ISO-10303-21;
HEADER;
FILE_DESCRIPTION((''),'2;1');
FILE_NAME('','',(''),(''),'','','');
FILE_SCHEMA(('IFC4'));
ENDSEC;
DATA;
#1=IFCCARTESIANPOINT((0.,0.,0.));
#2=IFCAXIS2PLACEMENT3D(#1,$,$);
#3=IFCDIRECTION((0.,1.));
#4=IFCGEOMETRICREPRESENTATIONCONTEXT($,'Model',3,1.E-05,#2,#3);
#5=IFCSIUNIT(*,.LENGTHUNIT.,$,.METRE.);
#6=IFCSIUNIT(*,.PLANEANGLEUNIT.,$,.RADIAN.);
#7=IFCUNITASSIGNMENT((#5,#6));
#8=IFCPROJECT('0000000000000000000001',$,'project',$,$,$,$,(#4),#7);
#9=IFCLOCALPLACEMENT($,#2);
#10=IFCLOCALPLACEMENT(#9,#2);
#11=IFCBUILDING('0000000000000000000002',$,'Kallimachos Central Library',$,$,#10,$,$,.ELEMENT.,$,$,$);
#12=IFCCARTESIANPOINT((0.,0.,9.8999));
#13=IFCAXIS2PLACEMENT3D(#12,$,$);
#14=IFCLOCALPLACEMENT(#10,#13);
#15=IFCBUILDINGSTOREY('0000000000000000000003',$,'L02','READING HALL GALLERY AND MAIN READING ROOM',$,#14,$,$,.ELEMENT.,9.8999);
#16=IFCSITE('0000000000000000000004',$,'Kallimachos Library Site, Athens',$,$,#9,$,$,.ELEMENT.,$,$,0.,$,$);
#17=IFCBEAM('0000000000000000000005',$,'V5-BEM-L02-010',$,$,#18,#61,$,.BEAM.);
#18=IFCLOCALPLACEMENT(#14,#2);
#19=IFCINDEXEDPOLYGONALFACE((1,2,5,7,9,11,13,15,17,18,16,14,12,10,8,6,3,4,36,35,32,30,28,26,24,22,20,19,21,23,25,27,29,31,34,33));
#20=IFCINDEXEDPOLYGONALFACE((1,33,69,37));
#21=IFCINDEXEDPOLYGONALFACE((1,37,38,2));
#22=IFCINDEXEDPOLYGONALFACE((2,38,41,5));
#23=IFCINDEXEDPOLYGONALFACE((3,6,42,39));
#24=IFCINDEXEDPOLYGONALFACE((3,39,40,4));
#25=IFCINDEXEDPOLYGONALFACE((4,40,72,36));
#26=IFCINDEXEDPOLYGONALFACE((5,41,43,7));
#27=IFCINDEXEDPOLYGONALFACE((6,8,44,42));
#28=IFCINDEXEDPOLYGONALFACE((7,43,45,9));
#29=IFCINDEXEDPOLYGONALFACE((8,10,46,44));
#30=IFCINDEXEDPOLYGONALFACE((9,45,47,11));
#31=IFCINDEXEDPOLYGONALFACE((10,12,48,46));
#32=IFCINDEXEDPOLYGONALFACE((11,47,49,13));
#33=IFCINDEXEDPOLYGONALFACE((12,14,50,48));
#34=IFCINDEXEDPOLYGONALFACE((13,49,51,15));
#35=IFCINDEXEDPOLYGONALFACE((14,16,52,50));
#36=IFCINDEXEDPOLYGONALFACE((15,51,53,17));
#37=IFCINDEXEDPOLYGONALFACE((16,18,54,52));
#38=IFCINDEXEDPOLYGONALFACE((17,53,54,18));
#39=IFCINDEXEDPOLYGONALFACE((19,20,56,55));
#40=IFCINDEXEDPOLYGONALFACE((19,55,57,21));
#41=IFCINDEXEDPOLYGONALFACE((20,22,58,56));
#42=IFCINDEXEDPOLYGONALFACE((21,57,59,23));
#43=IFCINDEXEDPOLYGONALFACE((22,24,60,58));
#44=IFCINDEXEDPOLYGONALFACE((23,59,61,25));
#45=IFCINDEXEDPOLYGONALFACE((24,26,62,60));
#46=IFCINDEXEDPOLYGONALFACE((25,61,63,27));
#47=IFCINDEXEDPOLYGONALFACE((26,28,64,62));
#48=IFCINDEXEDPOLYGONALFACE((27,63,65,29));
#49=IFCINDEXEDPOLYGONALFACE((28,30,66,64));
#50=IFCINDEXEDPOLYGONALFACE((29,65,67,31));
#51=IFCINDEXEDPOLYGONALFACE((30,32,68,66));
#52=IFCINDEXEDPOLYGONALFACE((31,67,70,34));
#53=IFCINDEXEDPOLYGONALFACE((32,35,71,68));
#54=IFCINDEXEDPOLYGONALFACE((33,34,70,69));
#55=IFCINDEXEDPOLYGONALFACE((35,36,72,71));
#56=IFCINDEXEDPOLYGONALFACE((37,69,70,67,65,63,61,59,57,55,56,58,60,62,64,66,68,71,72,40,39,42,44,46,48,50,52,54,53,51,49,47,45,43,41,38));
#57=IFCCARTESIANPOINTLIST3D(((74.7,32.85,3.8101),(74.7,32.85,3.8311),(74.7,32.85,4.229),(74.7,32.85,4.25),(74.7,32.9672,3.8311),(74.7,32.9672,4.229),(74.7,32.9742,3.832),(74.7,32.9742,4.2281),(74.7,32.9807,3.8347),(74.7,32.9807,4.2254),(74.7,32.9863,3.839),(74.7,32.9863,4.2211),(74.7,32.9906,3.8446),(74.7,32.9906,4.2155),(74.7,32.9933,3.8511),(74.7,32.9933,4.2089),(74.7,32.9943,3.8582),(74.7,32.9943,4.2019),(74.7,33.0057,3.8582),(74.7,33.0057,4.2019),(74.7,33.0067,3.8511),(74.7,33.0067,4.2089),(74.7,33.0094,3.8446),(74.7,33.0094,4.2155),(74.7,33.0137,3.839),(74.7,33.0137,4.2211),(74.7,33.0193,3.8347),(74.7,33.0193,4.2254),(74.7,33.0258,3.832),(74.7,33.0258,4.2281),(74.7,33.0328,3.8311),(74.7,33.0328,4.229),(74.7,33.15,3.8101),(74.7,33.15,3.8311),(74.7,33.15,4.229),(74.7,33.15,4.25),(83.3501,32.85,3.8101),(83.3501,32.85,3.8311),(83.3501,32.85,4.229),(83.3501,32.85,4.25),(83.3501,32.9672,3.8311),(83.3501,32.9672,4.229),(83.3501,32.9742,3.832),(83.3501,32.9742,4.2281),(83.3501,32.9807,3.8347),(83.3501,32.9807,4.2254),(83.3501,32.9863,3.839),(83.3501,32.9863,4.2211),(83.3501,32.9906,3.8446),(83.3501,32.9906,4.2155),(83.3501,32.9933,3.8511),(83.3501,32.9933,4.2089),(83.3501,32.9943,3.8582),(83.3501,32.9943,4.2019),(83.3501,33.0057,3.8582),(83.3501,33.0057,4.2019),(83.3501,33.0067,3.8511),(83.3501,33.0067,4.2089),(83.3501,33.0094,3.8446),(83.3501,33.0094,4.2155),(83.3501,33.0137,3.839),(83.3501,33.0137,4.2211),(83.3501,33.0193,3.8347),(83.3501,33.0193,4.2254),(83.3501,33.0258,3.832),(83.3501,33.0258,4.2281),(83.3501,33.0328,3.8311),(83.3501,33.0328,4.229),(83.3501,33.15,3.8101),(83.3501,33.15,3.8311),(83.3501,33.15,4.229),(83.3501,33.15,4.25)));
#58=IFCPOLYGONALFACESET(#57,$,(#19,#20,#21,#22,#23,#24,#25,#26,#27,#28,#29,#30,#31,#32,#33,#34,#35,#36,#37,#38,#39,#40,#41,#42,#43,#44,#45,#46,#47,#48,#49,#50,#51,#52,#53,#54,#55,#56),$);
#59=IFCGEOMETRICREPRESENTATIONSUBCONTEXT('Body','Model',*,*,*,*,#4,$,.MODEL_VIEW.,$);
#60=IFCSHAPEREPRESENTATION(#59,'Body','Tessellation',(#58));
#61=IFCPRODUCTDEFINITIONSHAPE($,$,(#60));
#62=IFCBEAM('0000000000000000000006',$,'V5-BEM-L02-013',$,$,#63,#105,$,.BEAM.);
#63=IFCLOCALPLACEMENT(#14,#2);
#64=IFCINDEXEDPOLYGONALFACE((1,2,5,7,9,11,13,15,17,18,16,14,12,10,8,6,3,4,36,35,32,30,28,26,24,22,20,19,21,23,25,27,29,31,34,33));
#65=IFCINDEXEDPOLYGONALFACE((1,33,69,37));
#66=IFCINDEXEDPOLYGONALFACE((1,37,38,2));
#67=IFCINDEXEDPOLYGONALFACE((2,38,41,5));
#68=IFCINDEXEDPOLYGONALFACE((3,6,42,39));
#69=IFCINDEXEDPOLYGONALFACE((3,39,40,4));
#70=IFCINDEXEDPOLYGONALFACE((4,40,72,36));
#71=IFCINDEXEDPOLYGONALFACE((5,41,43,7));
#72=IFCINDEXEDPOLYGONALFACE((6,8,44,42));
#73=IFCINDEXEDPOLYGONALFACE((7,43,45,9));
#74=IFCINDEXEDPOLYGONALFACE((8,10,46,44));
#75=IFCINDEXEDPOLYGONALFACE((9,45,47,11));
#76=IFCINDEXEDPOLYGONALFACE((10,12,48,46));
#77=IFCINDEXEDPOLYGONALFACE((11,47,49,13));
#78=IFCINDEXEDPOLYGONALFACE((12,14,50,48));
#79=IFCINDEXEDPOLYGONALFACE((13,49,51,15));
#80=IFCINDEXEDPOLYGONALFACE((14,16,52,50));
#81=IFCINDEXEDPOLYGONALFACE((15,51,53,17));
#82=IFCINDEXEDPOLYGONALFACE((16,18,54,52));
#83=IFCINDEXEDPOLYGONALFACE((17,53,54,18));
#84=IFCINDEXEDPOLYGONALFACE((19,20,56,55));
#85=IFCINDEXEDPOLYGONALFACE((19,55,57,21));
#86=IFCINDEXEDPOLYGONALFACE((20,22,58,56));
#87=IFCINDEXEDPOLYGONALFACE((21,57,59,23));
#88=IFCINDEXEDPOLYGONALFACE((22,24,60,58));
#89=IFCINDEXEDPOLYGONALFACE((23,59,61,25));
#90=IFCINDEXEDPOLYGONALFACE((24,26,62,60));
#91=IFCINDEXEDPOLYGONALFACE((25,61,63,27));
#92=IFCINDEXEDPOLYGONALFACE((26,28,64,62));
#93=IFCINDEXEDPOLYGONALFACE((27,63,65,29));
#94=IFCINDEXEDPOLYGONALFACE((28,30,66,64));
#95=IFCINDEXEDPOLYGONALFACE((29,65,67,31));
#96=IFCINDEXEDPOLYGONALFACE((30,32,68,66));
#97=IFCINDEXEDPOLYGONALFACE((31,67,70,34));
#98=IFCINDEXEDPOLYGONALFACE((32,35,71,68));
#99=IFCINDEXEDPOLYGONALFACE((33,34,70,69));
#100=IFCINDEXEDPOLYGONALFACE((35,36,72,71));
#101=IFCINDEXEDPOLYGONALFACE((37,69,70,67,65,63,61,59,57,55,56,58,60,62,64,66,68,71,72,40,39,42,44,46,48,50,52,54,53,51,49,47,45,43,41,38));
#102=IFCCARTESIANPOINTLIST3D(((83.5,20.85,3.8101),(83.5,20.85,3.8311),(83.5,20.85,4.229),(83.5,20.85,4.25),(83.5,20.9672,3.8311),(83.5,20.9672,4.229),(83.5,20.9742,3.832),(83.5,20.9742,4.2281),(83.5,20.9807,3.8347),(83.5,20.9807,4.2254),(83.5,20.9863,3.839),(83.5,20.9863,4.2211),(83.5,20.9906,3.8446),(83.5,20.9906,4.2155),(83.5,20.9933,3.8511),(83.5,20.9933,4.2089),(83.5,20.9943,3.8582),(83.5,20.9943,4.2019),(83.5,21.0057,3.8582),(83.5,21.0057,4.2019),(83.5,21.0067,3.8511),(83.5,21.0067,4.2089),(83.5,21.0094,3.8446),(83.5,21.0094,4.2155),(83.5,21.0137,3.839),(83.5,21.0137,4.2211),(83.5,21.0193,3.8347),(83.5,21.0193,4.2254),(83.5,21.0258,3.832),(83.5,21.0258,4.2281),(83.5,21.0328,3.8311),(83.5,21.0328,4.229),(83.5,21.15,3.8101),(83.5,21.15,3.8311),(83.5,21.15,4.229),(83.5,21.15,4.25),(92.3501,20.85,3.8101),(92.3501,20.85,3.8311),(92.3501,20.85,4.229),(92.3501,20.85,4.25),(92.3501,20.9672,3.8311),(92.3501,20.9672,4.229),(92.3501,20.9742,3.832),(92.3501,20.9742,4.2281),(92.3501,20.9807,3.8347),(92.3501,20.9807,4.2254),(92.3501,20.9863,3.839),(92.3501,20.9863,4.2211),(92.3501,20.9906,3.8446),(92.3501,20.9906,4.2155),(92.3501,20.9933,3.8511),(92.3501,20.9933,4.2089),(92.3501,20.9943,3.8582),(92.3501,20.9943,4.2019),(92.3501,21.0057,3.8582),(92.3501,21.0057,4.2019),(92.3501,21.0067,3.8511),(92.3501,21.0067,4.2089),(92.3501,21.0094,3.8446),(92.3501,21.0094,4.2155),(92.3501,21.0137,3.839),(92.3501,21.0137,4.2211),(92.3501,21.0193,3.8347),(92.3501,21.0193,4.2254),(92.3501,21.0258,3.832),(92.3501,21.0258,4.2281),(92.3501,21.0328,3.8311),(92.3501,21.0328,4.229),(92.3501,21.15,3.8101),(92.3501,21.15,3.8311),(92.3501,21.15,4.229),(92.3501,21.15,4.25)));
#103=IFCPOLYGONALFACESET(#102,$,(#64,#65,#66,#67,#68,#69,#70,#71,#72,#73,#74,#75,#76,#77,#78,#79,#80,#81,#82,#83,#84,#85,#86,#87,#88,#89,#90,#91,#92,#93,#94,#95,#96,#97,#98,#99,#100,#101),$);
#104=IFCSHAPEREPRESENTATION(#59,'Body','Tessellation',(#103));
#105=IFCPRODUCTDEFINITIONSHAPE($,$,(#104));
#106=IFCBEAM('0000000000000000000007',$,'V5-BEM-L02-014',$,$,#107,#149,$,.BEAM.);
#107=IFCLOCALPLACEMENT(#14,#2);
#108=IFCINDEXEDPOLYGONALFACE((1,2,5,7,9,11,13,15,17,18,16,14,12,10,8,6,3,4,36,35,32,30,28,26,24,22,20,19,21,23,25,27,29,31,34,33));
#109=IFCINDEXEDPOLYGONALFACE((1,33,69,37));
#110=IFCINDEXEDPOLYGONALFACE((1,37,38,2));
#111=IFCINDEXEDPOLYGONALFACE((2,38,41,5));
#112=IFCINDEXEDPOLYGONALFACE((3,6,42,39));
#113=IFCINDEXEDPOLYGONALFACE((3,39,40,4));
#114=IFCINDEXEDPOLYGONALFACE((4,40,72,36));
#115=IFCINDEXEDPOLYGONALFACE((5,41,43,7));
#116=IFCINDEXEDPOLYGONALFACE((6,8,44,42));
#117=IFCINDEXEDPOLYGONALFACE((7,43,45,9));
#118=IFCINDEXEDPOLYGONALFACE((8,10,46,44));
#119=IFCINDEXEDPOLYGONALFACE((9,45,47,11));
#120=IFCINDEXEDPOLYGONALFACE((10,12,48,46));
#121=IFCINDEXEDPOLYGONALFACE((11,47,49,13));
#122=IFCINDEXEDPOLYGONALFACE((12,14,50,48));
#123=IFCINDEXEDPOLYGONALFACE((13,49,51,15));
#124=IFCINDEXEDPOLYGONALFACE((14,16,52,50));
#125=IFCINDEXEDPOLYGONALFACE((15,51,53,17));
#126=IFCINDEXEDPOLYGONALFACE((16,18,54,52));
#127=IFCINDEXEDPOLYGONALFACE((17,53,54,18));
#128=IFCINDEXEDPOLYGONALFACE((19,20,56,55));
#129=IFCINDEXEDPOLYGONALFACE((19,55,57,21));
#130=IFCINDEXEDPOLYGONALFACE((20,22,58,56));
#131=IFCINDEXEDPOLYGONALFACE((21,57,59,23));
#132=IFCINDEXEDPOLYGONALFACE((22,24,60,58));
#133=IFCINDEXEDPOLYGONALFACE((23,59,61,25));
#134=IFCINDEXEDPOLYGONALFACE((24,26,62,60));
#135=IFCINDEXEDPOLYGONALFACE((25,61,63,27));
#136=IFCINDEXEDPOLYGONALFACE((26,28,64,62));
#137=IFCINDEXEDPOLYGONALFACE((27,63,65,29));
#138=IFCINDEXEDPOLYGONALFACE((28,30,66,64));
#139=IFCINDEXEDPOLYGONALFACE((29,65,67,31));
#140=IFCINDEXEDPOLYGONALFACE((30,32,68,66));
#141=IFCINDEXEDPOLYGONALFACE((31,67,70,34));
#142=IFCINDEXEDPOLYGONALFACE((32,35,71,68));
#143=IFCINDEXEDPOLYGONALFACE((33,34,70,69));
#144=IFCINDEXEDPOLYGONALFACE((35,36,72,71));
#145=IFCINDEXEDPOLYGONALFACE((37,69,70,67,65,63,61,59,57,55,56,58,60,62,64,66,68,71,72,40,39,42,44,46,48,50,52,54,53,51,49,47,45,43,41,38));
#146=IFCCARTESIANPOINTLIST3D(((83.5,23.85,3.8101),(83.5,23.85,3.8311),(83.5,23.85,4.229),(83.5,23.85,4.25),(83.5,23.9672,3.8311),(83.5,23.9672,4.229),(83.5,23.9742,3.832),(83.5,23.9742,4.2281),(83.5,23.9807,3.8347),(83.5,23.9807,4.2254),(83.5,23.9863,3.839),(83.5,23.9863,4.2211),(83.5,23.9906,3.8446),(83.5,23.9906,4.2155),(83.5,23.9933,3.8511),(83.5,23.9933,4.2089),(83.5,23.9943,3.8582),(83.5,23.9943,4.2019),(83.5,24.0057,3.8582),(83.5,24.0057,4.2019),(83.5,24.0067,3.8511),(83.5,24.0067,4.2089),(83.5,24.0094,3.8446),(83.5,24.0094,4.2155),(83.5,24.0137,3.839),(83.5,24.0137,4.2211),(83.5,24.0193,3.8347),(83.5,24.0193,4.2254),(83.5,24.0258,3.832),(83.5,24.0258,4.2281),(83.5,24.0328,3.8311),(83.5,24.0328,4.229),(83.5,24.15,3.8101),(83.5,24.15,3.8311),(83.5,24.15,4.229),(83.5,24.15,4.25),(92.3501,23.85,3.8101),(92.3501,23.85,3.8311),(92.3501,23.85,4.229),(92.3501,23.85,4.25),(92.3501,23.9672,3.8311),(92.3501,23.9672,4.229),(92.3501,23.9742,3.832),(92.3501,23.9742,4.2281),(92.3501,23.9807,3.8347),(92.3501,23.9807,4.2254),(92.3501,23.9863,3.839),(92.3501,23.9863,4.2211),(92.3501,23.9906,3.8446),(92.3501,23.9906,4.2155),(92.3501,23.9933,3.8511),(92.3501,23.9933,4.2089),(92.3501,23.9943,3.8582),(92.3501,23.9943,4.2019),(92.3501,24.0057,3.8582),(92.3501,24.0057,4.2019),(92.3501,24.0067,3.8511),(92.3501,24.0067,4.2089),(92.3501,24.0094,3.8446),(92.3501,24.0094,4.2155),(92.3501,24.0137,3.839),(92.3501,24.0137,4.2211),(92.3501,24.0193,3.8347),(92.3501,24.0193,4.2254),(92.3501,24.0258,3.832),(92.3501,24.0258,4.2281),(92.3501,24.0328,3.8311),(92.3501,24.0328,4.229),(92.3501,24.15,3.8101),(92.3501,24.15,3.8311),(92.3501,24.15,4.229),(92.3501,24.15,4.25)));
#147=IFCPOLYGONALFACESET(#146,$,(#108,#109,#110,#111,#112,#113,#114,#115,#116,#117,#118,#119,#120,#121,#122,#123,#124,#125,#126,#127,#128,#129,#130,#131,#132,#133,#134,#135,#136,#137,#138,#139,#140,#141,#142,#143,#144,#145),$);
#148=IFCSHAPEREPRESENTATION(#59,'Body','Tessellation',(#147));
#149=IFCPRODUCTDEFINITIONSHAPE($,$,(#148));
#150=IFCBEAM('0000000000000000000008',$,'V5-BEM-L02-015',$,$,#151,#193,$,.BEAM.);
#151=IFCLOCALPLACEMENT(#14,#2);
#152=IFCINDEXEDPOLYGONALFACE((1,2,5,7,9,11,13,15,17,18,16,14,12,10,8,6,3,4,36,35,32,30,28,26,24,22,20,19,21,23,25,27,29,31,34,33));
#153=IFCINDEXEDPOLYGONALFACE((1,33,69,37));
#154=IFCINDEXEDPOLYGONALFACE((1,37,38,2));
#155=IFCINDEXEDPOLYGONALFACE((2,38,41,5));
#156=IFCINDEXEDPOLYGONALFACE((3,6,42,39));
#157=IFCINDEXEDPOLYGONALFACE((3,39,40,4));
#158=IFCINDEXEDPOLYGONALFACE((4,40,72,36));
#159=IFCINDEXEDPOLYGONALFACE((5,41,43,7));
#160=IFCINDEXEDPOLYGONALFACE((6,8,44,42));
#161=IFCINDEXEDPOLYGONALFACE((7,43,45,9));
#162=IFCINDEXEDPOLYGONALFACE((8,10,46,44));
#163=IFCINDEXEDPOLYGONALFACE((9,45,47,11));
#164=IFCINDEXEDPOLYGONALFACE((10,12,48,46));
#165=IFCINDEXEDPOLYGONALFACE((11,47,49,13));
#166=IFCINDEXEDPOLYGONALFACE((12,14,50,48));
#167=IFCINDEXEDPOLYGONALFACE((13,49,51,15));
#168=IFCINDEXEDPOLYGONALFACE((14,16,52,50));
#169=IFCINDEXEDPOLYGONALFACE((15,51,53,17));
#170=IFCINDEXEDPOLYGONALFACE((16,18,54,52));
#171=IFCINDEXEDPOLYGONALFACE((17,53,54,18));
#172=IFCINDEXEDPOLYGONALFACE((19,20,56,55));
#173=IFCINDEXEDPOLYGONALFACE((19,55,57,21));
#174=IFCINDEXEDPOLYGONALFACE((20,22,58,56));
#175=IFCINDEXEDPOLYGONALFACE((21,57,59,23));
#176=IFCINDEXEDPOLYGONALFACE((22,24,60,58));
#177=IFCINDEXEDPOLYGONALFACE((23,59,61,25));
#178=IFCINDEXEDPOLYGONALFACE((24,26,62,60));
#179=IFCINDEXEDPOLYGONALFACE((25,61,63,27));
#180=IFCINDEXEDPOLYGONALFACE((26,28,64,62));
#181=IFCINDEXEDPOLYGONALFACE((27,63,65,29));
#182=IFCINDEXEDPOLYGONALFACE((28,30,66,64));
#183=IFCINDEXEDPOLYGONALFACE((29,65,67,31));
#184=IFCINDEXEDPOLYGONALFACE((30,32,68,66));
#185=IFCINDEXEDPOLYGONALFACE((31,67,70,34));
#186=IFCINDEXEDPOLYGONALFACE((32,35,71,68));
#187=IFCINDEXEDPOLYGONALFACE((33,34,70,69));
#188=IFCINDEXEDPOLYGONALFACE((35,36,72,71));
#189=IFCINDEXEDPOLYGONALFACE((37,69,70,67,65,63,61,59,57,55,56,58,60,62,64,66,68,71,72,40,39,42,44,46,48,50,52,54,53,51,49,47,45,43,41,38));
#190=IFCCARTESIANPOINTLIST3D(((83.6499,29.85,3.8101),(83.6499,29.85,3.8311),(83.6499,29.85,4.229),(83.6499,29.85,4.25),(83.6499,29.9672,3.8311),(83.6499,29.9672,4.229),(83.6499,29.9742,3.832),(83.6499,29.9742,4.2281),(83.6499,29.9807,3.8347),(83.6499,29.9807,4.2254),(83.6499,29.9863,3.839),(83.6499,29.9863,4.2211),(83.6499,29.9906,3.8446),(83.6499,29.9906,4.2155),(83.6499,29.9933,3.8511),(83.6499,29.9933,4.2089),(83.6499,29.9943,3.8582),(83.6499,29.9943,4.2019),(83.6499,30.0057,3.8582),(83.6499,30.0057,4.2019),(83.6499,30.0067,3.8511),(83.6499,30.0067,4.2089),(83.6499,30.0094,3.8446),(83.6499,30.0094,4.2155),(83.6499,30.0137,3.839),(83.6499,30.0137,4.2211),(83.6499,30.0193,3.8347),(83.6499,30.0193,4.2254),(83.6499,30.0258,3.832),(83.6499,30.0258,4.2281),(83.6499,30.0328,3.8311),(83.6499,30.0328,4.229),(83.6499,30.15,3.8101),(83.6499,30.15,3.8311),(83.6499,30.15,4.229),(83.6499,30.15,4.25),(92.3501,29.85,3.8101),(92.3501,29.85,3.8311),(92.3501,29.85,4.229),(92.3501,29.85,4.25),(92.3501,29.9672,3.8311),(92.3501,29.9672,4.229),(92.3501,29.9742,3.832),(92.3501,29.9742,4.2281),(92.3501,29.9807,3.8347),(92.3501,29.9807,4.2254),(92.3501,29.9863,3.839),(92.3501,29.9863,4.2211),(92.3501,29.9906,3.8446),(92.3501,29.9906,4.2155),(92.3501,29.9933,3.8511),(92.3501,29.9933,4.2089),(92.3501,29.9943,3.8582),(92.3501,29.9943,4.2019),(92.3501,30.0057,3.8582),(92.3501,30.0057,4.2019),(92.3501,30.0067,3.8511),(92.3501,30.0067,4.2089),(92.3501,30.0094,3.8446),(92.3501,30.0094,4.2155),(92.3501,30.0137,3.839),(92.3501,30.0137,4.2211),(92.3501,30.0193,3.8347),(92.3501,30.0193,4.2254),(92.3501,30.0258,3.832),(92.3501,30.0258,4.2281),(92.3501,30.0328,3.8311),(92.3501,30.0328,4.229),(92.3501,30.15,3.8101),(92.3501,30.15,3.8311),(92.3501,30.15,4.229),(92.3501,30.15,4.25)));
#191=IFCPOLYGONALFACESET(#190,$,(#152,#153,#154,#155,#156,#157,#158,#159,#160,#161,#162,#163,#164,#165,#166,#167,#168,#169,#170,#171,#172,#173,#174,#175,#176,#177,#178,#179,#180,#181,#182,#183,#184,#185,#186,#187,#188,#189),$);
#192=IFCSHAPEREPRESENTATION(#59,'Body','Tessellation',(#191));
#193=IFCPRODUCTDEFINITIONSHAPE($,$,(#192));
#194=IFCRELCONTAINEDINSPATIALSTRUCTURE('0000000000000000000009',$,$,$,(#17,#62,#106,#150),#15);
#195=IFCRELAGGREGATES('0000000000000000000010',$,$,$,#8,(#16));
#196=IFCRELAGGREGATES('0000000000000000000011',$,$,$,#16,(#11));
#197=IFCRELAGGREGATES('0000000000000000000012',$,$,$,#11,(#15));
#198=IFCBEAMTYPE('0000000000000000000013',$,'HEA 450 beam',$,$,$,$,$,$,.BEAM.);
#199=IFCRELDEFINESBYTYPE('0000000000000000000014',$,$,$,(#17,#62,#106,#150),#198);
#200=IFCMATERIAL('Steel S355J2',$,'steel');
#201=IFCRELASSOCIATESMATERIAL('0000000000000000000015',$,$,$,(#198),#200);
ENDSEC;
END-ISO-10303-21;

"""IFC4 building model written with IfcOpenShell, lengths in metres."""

from ifc_helpers import new_model, si_unit, direction, frame, origin, origin_2d, place, context, subcontext, project, spatial, i_section, extrude, material, material_profile, profile_set, type_object, element, save


model = new_model("IFC4")

# Units and contexts
model_context = context("Model", 3, precision=1e-05, world=origin(), true_north=direction((0.0, 1.0)))
body_context = subcontext(model_context, "Body", "Model", "MODEL_VIEW")
ifc_project = project(units=[si_unit("LENGTHUNIT", "METRE"), si_unit("PLANEANGLEUNIT", "RADIAN")], contexts=[model_context])

# Site, building, storey
site_placement = place(None, origin())
site = spatial("IfcSite", under=ifc_project, at=site_placement, Name="Kallimachos Library Site, Athens", CompositionType="ELEMENT", RefElevation=0.0)
building_placement = place(site_placement, origin())
building = spatial("IfcBuilding", under=site, at=building_placement, Name="Kallimachos Central Library", CompositionType="ELEMENT")
storey_placement = place(building_placement, frame((0.0, 0.0, 9.8999)))
storey = spatial("IfcBuildingStorey", under=building, at=storey_placement, Name="L02", Description="READING HALL GALLERY AND MAIN READING ROOM", CompositionType="ELEMENT", Elevation=9.8999)

# Beams
ifc_material_1 = material(Name="Steel S355J2", Category="steel")
ifc_material_profile_1 = material_profile(ifc_material_1, i_section(OverallWidth=0.3, OverallDepth=0.4399, WebThickness=0.0115, FlangeThickness=0.021, FilletRadius=0.0271, at=origin_2d()), Name="HEA 450")
ifc_profile_set_1 = profile_set([ifc_material_profile_1], Name="Steel S355J2")
beam_type_1 = type_object("IfcBeamType", Name="HEA 450 beam", PredefinedType="BEAM", material=ifc_profile_set_1)
for number, where, z_axis, x_axis, name in (
    (1, (74.7, 33.0, 4.03), (1.0, 0.0, 0.0), (0.0, 1.0, 0.0), "V5-BEM-L02-010"),
):
    element("IfcBeam", number, at=place(storey_placement, frame(where, z_axis=z_axis, x_axis=x_axis)), inside=storey, type_object=beam_type_1, Name=name, PredefinedType="BEAM", context=body_context, shape_type="SweptSolid", body=[
        extrude(i_section(OverallWidth=0.3, OverallDepth=0.4399, WebThickness=0.0115, FlangeThickness=0.021, FilletRadius=0.0271, at=origin_2d()), origin(), (0.0, 0.0, 1.0), 8.6501),
    ])
for number, where, z_axis, x_axis, name in (
    (2, (83.5, 21.0, 4.03), (1.0, 0.0, 0.0), (0.0, 1.0, 0.0), "V5-BEM-L02-013"),
    (3, (83.5, 24.0, 4.03), (1.0, 0.0, 0.0), (0.0, 1.0, 0.0), "V5-BEM-L02-014"),
):
    element("IfcBeam", number, at=place(storey_placement, frame(where, z_axis=z_axis, x_axis=x_axis)), inside=storey, type_object=beam_type_1, Name=name, PredefinedType="BEAM", context=body_context, shape_type="SweptSolid", body=[
        extrude(i_section(OverallWidth=0.3, OverallDepth=0.4399, WebThickness=0.0115, FlangeThickness=0.021, FilletRadius=0.0271, at=origin_2d()), origin(), (0.0, 0.0, 1.0), 8.8501),
    ])
for number, where, z_axis, x_axis, name in (
    (4, (83.6499, 30.0, 4.03), (1.0, 0.0, 0.0), (0.0, 1.0, 0.0), "V5-BEM-L02-015"),
):
    element("IfcBeam", number, at=place(storey_placement, frame(where, z_axis=z_axis, x_axis=x_axis)), inside=storey, type_object=beam_type_1, Name=name, PredefinedType="BEAM", context=body_context, shape_type="SweptSolid", body=[
        extrude(i_section(OverallWidth=0.3, OverallDepth=0.4399, WebThickness=0.0115, FlangeThickness=0.021, FilletRadius=0.0271, at=origin_2d()), origin(), (0.0, 0.0, 1.0), 8.7002),
    ])

save(model, "model.ifc")
